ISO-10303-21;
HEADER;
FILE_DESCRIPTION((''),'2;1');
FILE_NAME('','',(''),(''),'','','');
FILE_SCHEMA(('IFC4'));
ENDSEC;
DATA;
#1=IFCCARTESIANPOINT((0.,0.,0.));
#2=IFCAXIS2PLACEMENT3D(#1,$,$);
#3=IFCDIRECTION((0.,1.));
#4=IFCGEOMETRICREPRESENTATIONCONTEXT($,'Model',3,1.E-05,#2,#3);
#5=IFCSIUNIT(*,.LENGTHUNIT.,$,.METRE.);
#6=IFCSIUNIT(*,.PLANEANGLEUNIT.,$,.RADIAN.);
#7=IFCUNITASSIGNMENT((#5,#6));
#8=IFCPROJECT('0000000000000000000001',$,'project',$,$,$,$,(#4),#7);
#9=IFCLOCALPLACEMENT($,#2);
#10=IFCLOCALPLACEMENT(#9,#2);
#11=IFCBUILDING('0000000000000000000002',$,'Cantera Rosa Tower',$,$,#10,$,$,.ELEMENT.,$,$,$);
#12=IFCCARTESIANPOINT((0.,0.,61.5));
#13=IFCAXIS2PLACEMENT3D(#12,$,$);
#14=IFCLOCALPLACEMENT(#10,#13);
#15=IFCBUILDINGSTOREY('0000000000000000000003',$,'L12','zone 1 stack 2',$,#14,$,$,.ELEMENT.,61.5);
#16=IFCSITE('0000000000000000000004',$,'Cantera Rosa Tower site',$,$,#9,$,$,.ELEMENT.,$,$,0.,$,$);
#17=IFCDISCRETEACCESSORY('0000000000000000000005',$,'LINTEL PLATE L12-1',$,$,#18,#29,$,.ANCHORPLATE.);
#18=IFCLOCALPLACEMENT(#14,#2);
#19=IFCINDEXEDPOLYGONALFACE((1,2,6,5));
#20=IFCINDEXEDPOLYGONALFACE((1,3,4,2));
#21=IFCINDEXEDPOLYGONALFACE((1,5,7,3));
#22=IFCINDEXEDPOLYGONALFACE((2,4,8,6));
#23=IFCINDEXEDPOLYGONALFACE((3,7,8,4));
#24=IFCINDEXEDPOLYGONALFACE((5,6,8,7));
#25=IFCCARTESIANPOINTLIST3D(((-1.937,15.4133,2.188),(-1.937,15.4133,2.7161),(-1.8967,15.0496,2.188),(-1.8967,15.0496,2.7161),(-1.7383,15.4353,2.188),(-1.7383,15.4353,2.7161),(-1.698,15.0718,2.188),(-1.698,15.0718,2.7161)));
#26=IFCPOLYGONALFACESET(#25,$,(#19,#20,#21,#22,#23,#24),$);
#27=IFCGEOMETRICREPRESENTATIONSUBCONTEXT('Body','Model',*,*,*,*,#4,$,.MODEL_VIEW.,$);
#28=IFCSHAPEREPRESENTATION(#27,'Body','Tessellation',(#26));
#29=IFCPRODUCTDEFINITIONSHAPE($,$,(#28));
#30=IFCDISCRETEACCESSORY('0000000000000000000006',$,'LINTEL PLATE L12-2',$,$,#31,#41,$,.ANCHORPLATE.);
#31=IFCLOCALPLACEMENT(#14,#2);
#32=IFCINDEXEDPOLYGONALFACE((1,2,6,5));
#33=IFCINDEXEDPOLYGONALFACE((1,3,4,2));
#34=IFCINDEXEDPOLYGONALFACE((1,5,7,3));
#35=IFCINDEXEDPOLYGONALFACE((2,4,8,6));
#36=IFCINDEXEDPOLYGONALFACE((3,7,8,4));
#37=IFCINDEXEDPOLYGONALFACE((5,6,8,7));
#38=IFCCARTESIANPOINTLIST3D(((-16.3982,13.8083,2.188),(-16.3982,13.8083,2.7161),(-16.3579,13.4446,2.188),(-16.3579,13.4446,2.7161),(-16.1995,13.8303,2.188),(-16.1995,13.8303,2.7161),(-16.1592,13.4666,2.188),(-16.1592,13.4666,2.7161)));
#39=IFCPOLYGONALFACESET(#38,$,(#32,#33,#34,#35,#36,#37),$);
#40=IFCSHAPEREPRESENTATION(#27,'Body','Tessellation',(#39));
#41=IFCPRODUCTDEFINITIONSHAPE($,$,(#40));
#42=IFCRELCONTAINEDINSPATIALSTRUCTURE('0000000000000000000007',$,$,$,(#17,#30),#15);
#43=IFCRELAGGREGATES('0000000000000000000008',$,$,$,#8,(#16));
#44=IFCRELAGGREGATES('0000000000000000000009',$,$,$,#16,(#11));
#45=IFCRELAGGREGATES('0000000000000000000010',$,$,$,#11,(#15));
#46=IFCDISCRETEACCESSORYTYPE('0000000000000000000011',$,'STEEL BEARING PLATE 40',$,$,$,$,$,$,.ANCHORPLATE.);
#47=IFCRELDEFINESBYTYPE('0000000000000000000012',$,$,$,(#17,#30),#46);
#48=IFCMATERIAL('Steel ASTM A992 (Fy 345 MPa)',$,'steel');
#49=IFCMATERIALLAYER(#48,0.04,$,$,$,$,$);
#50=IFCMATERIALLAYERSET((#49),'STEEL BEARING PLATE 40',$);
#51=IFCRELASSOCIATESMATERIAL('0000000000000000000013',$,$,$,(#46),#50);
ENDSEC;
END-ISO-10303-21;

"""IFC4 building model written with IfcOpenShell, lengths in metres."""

from ifc_helpers import new_model, si_unit, direction, frame, origin, place, context, subcontext, project, spatial, polyline, outline, extrude, material, layer, layer_set, type_object, element, save


model = new_model("IFC4")

# Units and contexts
model_context = context("Model", 3, precision=1e-05, world=origin(), true_north=direction((0.0, 1.0)))
body_context = subcontext(model_context, "Body", "Model", "MODEL_VIEW")
ifc_project = project(units=[si_unit("LENGTHUNIT", "METRE"), si_unit("PLANEANGLEUNIT", "RADIAN")], contexts=[model_context])

# Site, building, storey
site_placement = place(None, origin())
site = spatial("IfcSite", under=ifc_project, at=site_placement, Name="Cantera Rosa Tower site", CompositionType="ELEMENT", RefElevation=0.0)
building_placement = place(site_placement, origin())
building = spatial("IfcBuilding", under=site, at=building_placement, Name="Cantera Rosa Tower", CompositionType="ELEMENT")
storey_placement = place(building_placement, frame((0.0, 0.0, 61.5)))
storey = spatial("IfcBuildingStorey", under=building, at=storey_placement, Name="L12", Description="zone 1 stack 2", CompositionType="ELEMENT", Elevation=61.5)

# Discrete accessories
ifc_material_1 = material(Name="Steel ASTM A992 (Fy 345 MPa)", Category="steel")
ifc_layer_1 = layer(ifc_material_1, 0.04)
ifc_layer_set_1 = layer_set([ifc_layer_1], Name="STEEL BEARING PLATE 40")
discrete_accessory_type = type_object("IfcDiscreteAccessoryType", Name="STEEL BEARING PLATE 40", PredefinedType="ANCHORPLATE", material=ifc_layer_set_1)
discrete_accessory_1_placement = place(storey_placement, frame((0.0, 0.0, 2.188)))
element("IfcDiscreteAccessory", 1, at=discrete_accessory_1_placement, inside=storey, type_object=discrete_accessory_type, Name="LINTEL PLATE L12-1", PredefinedType="ANCHORPLATE", context=body_context, shape_type="SweptSolid", body=[
    extrude(outline(polyline([(-1.8967, 15.0496), (-1.698, 15.0718), (-1.7383, 15.4353), (-1.937, 15.4133), (-1.8967, 15.0496)])), origin(), (0.0, 0.0, 1.0), 0.5281),
])
discrete_accessory_2_placement = place(storey_placement, frame((0.0, 0.0, 2.188)))
element("IfcDiscreteAccessory", 2, at=discrete_accessory_2_placement, inside=storey, type_object=discrete_accessory_type, Name="LINTEL PLATE L12-2", PredefinedType="ANCHORPLATE", context=body_context, shape_type="SweptSolid", body=[
    extrude(outline(polyline([(-16.1995, 13.8303), (-16.3982, 13.8083), (-16.3579, 13.4446), (-16.1592, 13.4666), (-16.1995, 13.8303)])), origin(), (0.0, 0.0, 1.0), 0.5281),
])

save(model, "model.ifc")
